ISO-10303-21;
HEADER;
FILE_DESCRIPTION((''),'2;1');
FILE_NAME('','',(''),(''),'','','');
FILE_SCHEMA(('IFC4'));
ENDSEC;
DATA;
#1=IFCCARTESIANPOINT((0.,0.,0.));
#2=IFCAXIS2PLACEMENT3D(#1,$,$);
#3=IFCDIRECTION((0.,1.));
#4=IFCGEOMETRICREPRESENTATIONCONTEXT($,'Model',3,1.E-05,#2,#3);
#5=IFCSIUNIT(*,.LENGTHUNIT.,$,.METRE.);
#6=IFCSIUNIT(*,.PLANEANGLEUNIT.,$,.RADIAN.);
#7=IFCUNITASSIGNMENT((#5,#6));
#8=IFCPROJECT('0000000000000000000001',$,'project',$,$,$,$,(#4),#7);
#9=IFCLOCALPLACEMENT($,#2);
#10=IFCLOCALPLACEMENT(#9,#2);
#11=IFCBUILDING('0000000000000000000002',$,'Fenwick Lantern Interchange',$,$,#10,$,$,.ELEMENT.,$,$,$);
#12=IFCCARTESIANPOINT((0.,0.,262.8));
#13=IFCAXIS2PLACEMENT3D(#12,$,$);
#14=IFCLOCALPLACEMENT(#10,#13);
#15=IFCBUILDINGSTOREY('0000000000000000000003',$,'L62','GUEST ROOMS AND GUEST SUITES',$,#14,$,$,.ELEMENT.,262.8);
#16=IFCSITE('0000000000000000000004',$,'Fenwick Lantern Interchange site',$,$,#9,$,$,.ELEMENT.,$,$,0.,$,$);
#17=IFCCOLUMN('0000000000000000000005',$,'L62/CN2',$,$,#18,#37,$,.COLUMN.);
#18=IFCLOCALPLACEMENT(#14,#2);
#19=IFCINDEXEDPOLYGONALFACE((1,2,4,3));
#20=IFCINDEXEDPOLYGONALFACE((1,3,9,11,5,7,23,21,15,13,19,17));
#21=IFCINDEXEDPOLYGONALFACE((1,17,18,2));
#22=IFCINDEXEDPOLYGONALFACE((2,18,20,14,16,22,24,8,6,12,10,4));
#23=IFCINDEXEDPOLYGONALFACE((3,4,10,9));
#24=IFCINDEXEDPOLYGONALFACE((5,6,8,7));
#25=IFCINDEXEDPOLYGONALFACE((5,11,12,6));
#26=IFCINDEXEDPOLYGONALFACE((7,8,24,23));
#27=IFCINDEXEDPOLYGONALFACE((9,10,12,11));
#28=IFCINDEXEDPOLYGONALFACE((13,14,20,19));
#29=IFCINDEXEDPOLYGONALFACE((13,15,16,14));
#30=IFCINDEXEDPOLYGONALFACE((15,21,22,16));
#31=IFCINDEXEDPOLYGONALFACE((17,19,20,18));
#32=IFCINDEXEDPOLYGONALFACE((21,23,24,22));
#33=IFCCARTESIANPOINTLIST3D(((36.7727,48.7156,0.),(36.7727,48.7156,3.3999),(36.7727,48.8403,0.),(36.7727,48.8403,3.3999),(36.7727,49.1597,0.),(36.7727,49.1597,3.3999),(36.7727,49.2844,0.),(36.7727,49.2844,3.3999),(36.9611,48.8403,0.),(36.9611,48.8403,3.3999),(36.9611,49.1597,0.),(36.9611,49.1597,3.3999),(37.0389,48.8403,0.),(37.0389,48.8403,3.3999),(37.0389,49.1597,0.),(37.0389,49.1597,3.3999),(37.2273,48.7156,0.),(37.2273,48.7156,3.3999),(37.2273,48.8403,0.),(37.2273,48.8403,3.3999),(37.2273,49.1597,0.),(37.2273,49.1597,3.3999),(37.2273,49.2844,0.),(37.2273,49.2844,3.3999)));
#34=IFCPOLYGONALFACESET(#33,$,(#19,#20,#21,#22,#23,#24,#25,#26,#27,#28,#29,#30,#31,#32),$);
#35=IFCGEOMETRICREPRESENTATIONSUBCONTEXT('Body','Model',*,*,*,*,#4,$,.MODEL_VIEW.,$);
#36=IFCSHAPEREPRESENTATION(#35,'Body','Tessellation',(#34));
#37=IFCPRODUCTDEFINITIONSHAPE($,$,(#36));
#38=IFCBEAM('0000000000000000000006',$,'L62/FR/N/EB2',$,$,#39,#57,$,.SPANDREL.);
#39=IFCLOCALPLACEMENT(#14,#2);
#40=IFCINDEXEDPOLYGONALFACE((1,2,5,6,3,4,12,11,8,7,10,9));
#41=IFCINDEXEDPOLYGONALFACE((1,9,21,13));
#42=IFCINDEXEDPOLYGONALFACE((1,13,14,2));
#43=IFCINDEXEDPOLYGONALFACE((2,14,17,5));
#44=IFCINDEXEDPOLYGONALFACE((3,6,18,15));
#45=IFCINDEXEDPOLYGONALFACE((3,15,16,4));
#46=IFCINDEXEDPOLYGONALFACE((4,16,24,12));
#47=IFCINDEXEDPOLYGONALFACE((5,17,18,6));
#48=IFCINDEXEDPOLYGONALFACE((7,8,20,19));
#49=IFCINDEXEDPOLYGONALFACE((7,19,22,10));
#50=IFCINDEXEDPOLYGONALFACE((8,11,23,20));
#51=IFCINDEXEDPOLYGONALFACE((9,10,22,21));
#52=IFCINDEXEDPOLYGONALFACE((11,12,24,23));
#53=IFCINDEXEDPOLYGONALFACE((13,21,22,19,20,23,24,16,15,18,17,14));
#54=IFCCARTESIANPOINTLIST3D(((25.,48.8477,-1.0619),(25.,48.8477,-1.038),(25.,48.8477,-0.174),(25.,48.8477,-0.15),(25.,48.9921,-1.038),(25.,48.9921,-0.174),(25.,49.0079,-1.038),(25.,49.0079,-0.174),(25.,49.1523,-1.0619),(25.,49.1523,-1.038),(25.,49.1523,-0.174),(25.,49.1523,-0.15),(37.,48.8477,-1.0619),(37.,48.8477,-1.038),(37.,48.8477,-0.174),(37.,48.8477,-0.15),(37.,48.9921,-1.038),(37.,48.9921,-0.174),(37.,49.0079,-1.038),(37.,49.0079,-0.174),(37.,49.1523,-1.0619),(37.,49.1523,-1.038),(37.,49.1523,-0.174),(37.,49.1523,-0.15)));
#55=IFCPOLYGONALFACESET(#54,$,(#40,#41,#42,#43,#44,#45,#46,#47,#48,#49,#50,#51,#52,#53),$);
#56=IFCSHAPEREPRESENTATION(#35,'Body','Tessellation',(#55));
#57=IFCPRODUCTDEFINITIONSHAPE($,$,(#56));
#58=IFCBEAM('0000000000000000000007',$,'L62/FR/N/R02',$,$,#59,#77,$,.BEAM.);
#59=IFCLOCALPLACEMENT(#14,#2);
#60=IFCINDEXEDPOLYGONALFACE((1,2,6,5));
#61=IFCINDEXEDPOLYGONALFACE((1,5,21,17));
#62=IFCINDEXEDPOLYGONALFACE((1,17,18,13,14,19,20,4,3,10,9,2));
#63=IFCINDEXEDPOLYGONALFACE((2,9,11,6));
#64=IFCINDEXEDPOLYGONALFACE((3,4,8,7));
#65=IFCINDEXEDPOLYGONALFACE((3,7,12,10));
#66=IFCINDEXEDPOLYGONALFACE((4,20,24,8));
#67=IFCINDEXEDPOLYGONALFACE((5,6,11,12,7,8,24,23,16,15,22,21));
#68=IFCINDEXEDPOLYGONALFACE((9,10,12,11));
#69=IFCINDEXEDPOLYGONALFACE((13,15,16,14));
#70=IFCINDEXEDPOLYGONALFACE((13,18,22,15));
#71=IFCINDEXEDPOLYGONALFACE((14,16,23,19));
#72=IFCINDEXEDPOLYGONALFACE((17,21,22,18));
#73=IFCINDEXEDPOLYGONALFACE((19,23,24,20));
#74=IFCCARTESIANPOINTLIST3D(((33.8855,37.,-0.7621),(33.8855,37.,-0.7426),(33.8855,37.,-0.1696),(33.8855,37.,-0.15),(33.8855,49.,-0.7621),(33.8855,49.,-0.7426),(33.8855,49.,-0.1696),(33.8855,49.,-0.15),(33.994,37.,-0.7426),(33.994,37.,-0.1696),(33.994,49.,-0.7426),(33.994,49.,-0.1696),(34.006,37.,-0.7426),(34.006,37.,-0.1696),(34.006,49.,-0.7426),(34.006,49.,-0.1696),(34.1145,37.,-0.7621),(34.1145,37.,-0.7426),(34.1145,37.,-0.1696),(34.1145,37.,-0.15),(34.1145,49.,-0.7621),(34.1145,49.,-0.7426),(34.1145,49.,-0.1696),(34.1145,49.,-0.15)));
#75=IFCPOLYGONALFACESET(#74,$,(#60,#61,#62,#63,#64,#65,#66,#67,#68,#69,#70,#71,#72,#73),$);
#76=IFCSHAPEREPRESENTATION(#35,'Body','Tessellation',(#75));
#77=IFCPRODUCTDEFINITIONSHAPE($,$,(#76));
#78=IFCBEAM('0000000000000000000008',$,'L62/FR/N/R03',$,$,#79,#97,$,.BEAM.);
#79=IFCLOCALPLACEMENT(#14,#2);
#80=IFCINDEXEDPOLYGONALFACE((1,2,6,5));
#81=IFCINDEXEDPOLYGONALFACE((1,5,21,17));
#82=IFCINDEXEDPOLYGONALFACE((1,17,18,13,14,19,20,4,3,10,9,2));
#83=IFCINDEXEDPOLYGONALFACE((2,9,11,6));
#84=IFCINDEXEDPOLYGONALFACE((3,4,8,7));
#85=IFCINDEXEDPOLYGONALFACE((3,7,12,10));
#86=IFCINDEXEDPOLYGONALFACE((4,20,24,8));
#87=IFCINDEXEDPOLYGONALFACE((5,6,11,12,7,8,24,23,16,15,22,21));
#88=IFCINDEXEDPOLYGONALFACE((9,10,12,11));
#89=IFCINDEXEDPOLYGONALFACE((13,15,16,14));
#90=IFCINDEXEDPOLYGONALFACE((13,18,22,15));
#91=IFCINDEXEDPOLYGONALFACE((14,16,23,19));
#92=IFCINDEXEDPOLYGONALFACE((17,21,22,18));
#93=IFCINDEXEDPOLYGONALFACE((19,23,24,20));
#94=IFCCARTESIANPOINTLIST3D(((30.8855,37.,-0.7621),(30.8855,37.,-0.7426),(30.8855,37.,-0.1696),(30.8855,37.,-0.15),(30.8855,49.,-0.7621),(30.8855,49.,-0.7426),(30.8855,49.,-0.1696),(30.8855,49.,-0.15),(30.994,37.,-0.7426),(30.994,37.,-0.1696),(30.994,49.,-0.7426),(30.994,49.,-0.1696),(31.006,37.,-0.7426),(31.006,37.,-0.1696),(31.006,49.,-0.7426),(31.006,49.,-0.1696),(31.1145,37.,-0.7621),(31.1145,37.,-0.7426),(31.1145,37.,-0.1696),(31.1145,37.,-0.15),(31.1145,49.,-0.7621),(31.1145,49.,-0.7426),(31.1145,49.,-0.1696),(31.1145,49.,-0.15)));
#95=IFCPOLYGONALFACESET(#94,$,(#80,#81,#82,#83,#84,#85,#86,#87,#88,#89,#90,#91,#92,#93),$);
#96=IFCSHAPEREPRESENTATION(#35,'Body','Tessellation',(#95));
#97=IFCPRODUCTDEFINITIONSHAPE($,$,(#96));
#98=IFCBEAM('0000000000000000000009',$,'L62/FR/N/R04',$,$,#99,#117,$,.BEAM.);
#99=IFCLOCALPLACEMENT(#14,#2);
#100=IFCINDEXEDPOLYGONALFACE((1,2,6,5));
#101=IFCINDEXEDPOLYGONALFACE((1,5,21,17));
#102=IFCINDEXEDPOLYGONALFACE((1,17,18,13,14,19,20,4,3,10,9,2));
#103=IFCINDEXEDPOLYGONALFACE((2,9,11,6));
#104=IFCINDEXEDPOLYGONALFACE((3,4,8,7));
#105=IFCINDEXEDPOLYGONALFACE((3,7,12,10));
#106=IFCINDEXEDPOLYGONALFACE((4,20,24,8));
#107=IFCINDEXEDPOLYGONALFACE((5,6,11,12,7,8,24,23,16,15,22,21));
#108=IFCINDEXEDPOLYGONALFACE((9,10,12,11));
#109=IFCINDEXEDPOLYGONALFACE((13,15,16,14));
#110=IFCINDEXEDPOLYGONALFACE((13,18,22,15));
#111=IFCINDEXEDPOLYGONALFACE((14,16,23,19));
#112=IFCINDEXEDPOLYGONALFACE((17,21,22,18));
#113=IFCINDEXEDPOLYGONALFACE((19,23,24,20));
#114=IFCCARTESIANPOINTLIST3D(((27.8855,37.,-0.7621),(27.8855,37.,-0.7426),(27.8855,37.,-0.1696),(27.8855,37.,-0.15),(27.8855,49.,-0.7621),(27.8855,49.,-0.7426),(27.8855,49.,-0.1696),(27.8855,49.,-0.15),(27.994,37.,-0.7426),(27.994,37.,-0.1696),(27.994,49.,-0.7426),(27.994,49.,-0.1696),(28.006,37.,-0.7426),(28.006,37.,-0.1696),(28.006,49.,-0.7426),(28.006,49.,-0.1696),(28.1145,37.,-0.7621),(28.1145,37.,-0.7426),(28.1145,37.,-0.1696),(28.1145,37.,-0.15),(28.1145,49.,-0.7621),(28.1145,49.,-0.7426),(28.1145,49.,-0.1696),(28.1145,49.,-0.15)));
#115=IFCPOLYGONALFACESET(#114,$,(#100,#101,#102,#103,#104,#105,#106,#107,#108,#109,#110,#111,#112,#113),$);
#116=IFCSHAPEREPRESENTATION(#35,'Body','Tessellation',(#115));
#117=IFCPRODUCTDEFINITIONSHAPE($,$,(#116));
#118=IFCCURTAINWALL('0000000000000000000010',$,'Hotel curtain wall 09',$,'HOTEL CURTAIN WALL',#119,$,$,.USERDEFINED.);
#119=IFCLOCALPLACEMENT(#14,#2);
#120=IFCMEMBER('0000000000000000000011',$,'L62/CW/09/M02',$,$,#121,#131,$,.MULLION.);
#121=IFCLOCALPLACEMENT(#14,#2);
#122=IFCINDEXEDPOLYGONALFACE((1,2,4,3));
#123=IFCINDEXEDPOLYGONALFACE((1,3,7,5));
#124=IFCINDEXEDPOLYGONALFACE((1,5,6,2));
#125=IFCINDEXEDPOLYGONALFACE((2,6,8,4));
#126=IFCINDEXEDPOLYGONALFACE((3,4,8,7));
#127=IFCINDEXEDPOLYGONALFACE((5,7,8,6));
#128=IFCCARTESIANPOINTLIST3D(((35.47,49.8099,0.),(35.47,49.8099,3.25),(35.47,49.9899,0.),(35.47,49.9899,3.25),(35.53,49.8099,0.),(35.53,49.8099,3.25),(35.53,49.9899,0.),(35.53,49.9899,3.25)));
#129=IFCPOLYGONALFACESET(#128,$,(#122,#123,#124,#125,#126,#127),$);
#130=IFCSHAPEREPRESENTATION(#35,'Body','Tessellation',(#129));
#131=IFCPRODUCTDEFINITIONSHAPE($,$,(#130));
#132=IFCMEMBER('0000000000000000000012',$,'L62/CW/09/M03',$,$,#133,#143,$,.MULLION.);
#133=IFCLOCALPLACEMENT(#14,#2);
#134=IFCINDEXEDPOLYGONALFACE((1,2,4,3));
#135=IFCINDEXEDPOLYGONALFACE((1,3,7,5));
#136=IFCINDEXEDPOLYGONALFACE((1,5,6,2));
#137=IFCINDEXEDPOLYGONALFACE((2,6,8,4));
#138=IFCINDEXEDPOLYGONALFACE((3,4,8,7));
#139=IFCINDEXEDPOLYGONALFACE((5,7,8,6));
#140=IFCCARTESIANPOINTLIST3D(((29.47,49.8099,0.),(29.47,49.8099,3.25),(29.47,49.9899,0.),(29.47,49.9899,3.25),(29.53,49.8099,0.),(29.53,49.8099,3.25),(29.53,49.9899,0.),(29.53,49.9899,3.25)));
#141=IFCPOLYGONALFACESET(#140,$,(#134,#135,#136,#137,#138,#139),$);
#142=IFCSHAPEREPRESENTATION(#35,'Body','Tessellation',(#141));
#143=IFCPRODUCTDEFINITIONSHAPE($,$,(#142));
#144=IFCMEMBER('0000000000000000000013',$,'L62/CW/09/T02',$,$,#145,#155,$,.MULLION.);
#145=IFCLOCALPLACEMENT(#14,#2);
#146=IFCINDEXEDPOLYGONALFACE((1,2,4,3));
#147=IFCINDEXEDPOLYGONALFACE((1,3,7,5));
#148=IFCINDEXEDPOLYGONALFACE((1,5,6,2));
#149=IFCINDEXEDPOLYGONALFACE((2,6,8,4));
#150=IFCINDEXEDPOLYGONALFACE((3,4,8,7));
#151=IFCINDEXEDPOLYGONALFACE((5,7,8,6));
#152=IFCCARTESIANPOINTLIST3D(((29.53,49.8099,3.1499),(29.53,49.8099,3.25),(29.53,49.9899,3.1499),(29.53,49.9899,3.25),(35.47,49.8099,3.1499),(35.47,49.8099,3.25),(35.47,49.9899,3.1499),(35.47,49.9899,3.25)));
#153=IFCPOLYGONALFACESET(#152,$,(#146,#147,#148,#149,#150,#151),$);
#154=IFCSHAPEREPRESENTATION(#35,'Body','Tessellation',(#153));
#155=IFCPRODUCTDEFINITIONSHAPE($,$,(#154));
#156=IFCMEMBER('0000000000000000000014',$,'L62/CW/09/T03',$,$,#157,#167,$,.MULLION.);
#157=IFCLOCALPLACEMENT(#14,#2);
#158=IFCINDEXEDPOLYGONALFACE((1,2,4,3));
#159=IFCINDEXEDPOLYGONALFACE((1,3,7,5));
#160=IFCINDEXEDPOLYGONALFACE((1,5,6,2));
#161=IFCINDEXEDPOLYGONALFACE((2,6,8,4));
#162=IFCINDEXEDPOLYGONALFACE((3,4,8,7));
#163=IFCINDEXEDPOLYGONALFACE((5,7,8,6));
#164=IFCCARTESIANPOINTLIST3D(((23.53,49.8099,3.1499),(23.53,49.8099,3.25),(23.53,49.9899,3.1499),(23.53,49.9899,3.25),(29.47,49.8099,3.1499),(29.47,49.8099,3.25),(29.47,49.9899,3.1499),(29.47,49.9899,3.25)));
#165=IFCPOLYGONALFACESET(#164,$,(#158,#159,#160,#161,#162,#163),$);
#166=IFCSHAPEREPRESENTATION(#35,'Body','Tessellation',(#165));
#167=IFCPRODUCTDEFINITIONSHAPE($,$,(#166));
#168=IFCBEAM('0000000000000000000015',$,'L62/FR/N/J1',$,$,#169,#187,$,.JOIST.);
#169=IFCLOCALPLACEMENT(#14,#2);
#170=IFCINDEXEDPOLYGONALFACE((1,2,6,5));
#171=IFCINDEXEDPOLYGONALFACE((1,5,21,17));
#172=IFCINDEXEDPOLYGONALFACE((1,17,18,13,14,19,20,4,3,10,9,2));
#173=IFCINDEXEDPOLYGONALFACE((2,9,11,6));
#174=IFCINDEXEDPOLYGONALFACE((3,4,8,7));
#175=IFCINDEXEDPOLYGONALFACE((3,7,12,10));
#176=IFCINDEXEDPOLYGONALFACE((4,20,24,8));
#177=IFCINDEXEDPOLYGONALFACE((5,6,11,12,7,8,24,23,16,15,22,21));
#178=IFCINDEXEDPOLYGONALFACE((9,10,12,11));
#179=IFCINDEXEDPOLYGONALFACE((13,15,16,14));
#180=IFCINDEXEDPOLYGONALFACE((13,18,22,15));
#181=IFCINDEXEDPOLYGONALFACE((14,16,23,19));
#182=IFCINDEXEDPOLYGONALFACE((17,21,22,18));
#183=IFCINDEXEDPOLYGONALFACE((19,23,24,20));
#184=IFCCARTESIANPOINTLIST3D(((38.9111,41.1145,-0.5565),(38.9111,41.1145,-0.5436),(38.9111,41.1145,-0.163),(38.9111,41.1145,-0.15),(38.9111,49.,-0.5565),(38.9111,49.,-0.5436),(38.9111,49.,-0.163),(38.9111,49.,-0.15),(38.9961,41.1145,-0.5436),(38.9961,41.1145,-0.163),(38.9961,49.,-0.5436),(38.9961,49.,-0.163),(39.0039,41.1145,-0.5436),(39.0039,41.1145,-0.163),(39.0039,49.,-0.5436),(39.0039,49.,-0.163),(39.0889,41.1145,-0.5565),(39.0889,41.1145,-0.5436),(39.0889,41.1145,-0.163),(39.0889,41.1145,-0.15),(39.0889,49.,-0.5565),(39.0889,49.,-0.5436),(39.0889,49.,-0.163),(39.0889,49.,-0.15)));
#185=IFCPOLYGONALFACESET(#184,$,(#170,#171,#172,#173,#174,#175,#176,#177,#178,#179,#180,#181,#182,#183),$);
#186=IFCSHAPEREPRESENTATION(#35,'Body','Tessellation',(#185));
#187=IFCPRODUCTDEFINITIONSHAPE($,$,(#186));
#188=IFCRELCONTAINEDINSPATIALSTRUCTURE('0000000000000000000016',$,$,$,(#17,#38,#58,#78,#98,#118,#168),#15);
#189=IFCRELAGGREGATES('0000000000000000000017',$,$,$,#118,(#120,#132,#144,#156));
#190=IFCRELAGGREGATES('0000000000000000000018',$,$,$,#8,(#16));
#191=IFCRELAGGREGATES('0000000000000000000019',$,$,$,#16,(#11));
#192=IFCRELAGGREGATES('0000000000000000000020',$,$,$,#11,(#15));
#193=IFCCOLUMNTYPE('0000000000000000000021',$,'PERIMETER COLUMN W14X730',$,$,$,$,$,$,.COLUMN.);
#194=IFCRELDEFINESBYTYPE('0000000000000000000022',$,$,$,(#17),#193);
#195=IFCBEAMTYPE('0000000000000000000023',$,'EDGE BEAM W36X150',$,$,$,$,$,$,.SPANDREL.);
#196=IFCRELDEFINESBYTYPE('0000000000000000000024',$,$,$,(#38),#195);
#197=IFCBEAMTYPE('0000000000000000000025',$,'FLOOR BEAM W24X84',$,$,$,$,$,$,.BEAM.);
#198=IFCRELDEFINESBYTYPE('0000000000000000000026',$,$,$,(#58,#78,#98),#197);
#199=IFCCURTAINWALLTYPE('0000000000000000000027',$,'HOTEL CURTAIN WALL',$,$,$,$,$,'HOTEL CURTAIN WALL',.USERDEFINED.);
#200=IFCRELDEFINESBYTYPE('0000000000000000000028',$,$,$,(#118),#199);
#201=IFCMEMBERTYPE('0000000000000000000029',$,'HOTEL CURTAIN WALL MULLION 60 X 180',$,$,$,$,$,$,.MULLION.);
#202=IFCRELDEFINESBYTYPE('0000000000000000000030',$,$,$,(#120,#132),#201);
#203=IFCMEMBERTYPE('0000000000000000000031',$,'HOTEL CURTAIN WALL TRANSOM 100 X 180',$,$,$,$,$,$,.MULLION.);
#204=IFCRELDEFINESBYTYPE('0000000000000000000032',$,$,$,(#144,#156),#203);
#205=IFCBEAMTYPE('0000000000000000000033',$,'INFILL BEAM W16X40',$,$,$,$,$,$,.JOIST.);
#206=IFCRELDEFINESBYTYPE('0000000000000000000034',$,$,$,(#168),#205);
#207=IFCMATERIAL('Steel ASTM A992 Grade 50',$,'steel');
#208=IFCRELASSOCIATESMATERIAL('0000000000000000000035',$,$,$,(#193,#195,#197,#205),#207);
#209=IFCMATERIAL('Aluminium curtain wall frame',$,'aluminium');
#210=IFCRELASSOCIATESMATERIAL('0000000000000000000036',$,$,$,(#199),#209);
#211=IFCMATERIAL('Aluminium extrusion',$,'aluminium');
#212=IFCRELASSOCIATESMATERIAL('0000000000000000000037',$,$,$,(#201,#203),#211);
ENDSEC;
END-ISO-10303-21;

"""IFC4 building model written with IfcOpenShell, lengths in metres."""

from ifc_helpers import new_model, si_unit, direction, frame, origin, origin_2d, place, context, subcontext, project, spatial, rectangle, i_section, extrude, material, material_profile, profile_set, type_object, element, aggregate, save


model = new_model("IFC4")

# Units and contexts
model_context = context("Model", 3, precision=1e-05, world=origin(), true_north=direction((0.0, 1.0)))
body_context = subcontext(model_context, "Body", "Model", "MODEL_VIEW")
ifc_project = project(units=[si_unit("LENGTHUNIT", "METRE"), si_unit("PLANEANGLEUNIT", "RADIAN")], contexts=[model_context])

# Site, building, storey
site_placement = place(None, origin())
site = spatial("IfcSite", under=ifc_project, at=site_placement, Name="Fenwick Lantern Interchange site", CompositionType="ELEMENT", RefElevation=0.0)
building_placement = place(site_placement, origin())
building = spatial("IfcBuilding", under=site, at=building_placement, Name="Fenwick Lantern Interchange", CompositionType="ELEMENT")
storey_placement = place(building_placement, frame((0.0, 0.0, 262.8)))
storey = spatial("IfcBuildingStorey", under=building, at=storey_placement, Name="L62", Description="GUEST ROOMS AND GUEST SUITES", CompositionType="ELEMENT", Elevation=262.8)

# Column
ifc_material_1 = material(Name="Steel ASTM A992 Grade 50", Category="steel")
ifc_material_profile_1 = material_profile(ifc_material_1, i_section(OverallWidth=0.4546, OverallDepth=0.5688, WebThickness=0.0779, FlangeThickness=0.1248, at=origin_2d()), Name="W14X730")
ifc_profile_set_1 = profile_set([ifc_material_profile_1], Name="Steel ASTM A992 Grade 50")
column_type = type_object("IfcColumnType", Name="PERIMETER COLUMN W14X730", PredefinedType="COLUMN", material=ifc_profile_set_1)
column_placement = place(storey_placement, frame((37.0, 49.0, 0.0), z_axis=(0.0, 0.0, 1.0), x_axis=(1.0, 0.0, 0.0)))
element("IfcColumn", 1, at=column_placement, inside=storey, type_object=column_type, Name="L62/CN2", PredefinedType="COLUMN", context=body_context, shape_type="SweptSolid", body=[
    extrude(i_section(OverallWidth=0.4546, OverallDepth=0.5688, WebThickness=0.0779, FlangeThickness=0.1248, at=origin_2d()), origin(), (0.0, 0.0, 1.0), 3.3999),
])

# Beams
ifc_material_profile_2 = material_profile(ifc_material_1, i_section(OverallWidth=0.3047, OverallDepth=0.9119, WebThickness=0.0159, FlangeThickness=0.0239, at=origin_2d()), Name="W36X150")
ifc_profile_set_2 = profile_set([ifc_material_profile_2], Name="Steel ASTM A992 Grade 50")
beam_type_1 = type_object("IfcBeamType", Name="EDGE BEAM W36X150", PredefinedType="SPANDREL", material=ifc_profile_set_2)
beam_1_placement = place(storey_placement, frame((37.0, 49.0, -0.606), z_axis=(-1.0, 0.0, 0.0), x_axis=(0.0, -1.0, 0.0)))
element("IfcBeam", 2, at=beam_1_placement, inside=storey, type_object=beam_type_1, Name="L62/FR/N/EB2", PredefinedType="SPANDREL", context=body_context, shape_type="SweptSolid", body=[
    extrude(i_section(OverallWidth=0.3047, OverallDepth=0.9119, WebThickness=0.0159, FlangeThickness=0.0239, at=origin_2d()), origin(), (0.0, 0.0, 1.0), 12.0),
])
ifc_material_profile_3 = material_profile(ifc_material_1, i_section(OverallWidth=0.229, OverallDepth=0.6121, WebThickness=0.012, FlangeThickness=0.0195, at=origin_2d()), Name="W24X84")
ifc_profile_set_3 = profile_set([ifc_material_profile_3], Name="Steel ASTM A992 Grade 50")
beam_type_2 = type_object("IfcBeamType", Name="FLOOR BEAM W24X84", PredefinedType="BEAM", material=ifc_profile_set_3)
for number, where, z_axis, x_axis, name in (
    (3, (34.0, 49.0, -0.4561), (0.0, -1.0, 0.0), (1.0, 0.0, 0.0), "L62/FR/N/R02"),
    (4, (31.0, 49.0, -0.4561), (0.0, -1.0, 0.0), (1.0, 0.0, 0.0), "L62/FR/N/R03"),
    (5, (28.0, 49.0, -0.4561), (0.0, -1.0, 0.0), (1.0, 0.0, 0.0), "L62/FR/N/R04"),
):
    element("IfcBeam", number, at=place(storey_placement, frame(where, z_axis=z_axis, x_axis=x_axis)), inside=storey, type_object=beam_type_2, Name=name, PredefinedType="BEAM", context=body_context, shape_type="SweptSolid", body=[
        extrude(i_section(OverallWidth=0.229, OverallDepth=0.6121, WebThickness=0.012, FlangeThickness=0.0195, at=origin_2d()), origin(), (0.0, 0.0, 1.0), 12.0),
    ])

# Curtain wall, members
ifc_material_2 = material(Name="Aluminium curtain wall frame", Category="aluminium")
curtain_wall_type = type_object("IfcCurtainWallType", Name="HOTEL CURTAIN WALL", ElementType="HOTEL CURTAIN WALL", PredefinedType="USERDEFINED", material=ifc_material_2)
curtain_wall_placement = place(storey_placement, origin())
curtain_wall = element("IfcCurtainWall", 6, at=curtain_wall_placement, inside=storey, type_object=curtain_wall_type, Name="Hotel curtain wall 09", ObjectType="HOTEL CURTAIN WALL", PredefinedType="USERDEFINED")
ifc_material_3 = material(Name="Aluminium extrusion", Category="aluminium")
ifc_material_profile_4 = material_profile(ifc_material_3, rectangle(XDim=0.1799, YDim=0.0601, at=origin_2d()), Name="HOTEL CURTAIN WALL MULLION 60 X 180")
ifc_profile_set_4 = profile_set([ifc_material_profile_4], Name="Aluminium extrusion")
member_type_1 = type_object("IfcMemberType", Name="HOTEL CURTAIN WALL MULLION 60 X 180", PredefinedType="MULLION", material=ifc_profile_set_4)
member_1_placement = place(storey_placement, frame((35.5, 49.8999, 0.0), z_axis=(0.0, 0.0, 1.0), x_axis=(0.0, -1.0, 0.0)))
member_1 = element("IfcMember", 7, at=member_1_placement, type_object=member_type_1, Name="L62/CW/09/M02", PredefinedType="MULLION", context=body_context, shape_type="SweptSolid", body=[
    extrude(rectangle(XDim=0.1799, YDim=0.0601, at=origin_2d()), origin(), (0.0, 0.0, 1.0), 3.25),
])
member_2_placement = place(storey_placement, frame((29.5, 49.8999, 0.0), z_axis=(0.0, 0.0, 1.0), x_axis=(0.0, -1.0, 0.0)))
member_2 = element("IfcMember", 8, at=member_2_placement, type_object=member_type_1, Name="L62/CW/09/M03", PredefinedType="MULLION", context=body_context, shape_type="SweptSolid", body=[
    extrude(rectangle(XDim=0.1799, YDim=0.0601, at=origin_2d()), origin(), (0.0, 0.0, 1.0), 3.25),
])
ifc_material_profile_5 = material_profile(ifc_material_3, rectangle(XDim=0.1799, YDim=0.1001, at=origin_2d()), Name="HOTEL CURTAIN WALL TRANSOM 100 X 180")
ifc_profile_set_5 = profile_set([ifc_material_profile_5], Name="Aluminium extrusion")
member_type_2 = type_object("IfcMemberType", Name="HOTEL CURTAIN WALL TRANSOM 100 X 180", PredefinedType="MULLION", material=ifc_profile_set_5)
member_3_placement = place(storey_placement, frame((35.47, 49.8999, 3.2), z_axis=(-1.0, 0.0, 0.0), x_axis=(0.0, -1.0, 0.0)))
member_3 = element("IfcMember", 9, at=member_3_placement, type_object=member_type_2, Name="L62/CW/09/T02", PredefinedType="MULLION", context=body_context, shape_type="SweptSolid", body=[
    extrude(rectangle(XDim=0.1799, YDim=0.1001, at=origin_2d()), origin(), (0.0, 0.0, 1.0), 5.9399),
])
member_4_placement = place(storey_placement, frame((29.47, 49.8999, 3.2), z_axis=(-1.0, 0.0, 0.0), x_axis=(0.0, -1.0, 0.0)))
member_4 = element("IfcMember", 10, at=member_4_placement, type_object=member_type_2, Name="L62/CW/09/T03", PredefinedType="MULLION", context=body_context, shape_type="SweptSolid", body=[
    extrude(rectangle(XDim=0.1799, YDim=0.1001, at=origin_2d()), origin(), (0.0, 0.0, 1.0), 5.9399),
])
aggregate(curtain_wall, [member_1, member_2, member_3, member_4])

# Beam
ifc_material_profile_6 = material_profile(ifc_material_1, i_section(OverallWidth=0.1777, OverallDepth=0.4065, WebThickness=0.0078, FlangeThickness=0.0129, at=origin_2d()), Name="W16X40")
ifc_profile_set_6 = profile_set([ifc_material_profile_6], Name="Steel ASTM A992 Grade 50")
beam_type_3 = type_object("IfcBeamType", Name="INFILL BEAM W16X40", PredefinedType="JOIST", material=ifc_profile_set_6)
beam_2_placement = place(storey_placement, frame((39.0, 49.0, -0.3533), z_axis=(0.0, -1.0, 0.0), x_axis=(1.0, 0.0, 0.0)))
element("IfcBeam", 11, at=beam_2_placement, inside=storey, type_object=beam_type_3, Name="L62/FR/N/J1", PredefinedType="JOIST", context=body_context, shape_type="SweptSolid", body=[
    extrude(i_section(OverallWidth=0.1777, OverallDepth=0.4065, WebThickness=0.0078, FlangeThickness=0.0129, at=origin_2d()), origin(), (0.0, 0.0, 1.0), 7.8855),
])

save(model, "model.ifc")
